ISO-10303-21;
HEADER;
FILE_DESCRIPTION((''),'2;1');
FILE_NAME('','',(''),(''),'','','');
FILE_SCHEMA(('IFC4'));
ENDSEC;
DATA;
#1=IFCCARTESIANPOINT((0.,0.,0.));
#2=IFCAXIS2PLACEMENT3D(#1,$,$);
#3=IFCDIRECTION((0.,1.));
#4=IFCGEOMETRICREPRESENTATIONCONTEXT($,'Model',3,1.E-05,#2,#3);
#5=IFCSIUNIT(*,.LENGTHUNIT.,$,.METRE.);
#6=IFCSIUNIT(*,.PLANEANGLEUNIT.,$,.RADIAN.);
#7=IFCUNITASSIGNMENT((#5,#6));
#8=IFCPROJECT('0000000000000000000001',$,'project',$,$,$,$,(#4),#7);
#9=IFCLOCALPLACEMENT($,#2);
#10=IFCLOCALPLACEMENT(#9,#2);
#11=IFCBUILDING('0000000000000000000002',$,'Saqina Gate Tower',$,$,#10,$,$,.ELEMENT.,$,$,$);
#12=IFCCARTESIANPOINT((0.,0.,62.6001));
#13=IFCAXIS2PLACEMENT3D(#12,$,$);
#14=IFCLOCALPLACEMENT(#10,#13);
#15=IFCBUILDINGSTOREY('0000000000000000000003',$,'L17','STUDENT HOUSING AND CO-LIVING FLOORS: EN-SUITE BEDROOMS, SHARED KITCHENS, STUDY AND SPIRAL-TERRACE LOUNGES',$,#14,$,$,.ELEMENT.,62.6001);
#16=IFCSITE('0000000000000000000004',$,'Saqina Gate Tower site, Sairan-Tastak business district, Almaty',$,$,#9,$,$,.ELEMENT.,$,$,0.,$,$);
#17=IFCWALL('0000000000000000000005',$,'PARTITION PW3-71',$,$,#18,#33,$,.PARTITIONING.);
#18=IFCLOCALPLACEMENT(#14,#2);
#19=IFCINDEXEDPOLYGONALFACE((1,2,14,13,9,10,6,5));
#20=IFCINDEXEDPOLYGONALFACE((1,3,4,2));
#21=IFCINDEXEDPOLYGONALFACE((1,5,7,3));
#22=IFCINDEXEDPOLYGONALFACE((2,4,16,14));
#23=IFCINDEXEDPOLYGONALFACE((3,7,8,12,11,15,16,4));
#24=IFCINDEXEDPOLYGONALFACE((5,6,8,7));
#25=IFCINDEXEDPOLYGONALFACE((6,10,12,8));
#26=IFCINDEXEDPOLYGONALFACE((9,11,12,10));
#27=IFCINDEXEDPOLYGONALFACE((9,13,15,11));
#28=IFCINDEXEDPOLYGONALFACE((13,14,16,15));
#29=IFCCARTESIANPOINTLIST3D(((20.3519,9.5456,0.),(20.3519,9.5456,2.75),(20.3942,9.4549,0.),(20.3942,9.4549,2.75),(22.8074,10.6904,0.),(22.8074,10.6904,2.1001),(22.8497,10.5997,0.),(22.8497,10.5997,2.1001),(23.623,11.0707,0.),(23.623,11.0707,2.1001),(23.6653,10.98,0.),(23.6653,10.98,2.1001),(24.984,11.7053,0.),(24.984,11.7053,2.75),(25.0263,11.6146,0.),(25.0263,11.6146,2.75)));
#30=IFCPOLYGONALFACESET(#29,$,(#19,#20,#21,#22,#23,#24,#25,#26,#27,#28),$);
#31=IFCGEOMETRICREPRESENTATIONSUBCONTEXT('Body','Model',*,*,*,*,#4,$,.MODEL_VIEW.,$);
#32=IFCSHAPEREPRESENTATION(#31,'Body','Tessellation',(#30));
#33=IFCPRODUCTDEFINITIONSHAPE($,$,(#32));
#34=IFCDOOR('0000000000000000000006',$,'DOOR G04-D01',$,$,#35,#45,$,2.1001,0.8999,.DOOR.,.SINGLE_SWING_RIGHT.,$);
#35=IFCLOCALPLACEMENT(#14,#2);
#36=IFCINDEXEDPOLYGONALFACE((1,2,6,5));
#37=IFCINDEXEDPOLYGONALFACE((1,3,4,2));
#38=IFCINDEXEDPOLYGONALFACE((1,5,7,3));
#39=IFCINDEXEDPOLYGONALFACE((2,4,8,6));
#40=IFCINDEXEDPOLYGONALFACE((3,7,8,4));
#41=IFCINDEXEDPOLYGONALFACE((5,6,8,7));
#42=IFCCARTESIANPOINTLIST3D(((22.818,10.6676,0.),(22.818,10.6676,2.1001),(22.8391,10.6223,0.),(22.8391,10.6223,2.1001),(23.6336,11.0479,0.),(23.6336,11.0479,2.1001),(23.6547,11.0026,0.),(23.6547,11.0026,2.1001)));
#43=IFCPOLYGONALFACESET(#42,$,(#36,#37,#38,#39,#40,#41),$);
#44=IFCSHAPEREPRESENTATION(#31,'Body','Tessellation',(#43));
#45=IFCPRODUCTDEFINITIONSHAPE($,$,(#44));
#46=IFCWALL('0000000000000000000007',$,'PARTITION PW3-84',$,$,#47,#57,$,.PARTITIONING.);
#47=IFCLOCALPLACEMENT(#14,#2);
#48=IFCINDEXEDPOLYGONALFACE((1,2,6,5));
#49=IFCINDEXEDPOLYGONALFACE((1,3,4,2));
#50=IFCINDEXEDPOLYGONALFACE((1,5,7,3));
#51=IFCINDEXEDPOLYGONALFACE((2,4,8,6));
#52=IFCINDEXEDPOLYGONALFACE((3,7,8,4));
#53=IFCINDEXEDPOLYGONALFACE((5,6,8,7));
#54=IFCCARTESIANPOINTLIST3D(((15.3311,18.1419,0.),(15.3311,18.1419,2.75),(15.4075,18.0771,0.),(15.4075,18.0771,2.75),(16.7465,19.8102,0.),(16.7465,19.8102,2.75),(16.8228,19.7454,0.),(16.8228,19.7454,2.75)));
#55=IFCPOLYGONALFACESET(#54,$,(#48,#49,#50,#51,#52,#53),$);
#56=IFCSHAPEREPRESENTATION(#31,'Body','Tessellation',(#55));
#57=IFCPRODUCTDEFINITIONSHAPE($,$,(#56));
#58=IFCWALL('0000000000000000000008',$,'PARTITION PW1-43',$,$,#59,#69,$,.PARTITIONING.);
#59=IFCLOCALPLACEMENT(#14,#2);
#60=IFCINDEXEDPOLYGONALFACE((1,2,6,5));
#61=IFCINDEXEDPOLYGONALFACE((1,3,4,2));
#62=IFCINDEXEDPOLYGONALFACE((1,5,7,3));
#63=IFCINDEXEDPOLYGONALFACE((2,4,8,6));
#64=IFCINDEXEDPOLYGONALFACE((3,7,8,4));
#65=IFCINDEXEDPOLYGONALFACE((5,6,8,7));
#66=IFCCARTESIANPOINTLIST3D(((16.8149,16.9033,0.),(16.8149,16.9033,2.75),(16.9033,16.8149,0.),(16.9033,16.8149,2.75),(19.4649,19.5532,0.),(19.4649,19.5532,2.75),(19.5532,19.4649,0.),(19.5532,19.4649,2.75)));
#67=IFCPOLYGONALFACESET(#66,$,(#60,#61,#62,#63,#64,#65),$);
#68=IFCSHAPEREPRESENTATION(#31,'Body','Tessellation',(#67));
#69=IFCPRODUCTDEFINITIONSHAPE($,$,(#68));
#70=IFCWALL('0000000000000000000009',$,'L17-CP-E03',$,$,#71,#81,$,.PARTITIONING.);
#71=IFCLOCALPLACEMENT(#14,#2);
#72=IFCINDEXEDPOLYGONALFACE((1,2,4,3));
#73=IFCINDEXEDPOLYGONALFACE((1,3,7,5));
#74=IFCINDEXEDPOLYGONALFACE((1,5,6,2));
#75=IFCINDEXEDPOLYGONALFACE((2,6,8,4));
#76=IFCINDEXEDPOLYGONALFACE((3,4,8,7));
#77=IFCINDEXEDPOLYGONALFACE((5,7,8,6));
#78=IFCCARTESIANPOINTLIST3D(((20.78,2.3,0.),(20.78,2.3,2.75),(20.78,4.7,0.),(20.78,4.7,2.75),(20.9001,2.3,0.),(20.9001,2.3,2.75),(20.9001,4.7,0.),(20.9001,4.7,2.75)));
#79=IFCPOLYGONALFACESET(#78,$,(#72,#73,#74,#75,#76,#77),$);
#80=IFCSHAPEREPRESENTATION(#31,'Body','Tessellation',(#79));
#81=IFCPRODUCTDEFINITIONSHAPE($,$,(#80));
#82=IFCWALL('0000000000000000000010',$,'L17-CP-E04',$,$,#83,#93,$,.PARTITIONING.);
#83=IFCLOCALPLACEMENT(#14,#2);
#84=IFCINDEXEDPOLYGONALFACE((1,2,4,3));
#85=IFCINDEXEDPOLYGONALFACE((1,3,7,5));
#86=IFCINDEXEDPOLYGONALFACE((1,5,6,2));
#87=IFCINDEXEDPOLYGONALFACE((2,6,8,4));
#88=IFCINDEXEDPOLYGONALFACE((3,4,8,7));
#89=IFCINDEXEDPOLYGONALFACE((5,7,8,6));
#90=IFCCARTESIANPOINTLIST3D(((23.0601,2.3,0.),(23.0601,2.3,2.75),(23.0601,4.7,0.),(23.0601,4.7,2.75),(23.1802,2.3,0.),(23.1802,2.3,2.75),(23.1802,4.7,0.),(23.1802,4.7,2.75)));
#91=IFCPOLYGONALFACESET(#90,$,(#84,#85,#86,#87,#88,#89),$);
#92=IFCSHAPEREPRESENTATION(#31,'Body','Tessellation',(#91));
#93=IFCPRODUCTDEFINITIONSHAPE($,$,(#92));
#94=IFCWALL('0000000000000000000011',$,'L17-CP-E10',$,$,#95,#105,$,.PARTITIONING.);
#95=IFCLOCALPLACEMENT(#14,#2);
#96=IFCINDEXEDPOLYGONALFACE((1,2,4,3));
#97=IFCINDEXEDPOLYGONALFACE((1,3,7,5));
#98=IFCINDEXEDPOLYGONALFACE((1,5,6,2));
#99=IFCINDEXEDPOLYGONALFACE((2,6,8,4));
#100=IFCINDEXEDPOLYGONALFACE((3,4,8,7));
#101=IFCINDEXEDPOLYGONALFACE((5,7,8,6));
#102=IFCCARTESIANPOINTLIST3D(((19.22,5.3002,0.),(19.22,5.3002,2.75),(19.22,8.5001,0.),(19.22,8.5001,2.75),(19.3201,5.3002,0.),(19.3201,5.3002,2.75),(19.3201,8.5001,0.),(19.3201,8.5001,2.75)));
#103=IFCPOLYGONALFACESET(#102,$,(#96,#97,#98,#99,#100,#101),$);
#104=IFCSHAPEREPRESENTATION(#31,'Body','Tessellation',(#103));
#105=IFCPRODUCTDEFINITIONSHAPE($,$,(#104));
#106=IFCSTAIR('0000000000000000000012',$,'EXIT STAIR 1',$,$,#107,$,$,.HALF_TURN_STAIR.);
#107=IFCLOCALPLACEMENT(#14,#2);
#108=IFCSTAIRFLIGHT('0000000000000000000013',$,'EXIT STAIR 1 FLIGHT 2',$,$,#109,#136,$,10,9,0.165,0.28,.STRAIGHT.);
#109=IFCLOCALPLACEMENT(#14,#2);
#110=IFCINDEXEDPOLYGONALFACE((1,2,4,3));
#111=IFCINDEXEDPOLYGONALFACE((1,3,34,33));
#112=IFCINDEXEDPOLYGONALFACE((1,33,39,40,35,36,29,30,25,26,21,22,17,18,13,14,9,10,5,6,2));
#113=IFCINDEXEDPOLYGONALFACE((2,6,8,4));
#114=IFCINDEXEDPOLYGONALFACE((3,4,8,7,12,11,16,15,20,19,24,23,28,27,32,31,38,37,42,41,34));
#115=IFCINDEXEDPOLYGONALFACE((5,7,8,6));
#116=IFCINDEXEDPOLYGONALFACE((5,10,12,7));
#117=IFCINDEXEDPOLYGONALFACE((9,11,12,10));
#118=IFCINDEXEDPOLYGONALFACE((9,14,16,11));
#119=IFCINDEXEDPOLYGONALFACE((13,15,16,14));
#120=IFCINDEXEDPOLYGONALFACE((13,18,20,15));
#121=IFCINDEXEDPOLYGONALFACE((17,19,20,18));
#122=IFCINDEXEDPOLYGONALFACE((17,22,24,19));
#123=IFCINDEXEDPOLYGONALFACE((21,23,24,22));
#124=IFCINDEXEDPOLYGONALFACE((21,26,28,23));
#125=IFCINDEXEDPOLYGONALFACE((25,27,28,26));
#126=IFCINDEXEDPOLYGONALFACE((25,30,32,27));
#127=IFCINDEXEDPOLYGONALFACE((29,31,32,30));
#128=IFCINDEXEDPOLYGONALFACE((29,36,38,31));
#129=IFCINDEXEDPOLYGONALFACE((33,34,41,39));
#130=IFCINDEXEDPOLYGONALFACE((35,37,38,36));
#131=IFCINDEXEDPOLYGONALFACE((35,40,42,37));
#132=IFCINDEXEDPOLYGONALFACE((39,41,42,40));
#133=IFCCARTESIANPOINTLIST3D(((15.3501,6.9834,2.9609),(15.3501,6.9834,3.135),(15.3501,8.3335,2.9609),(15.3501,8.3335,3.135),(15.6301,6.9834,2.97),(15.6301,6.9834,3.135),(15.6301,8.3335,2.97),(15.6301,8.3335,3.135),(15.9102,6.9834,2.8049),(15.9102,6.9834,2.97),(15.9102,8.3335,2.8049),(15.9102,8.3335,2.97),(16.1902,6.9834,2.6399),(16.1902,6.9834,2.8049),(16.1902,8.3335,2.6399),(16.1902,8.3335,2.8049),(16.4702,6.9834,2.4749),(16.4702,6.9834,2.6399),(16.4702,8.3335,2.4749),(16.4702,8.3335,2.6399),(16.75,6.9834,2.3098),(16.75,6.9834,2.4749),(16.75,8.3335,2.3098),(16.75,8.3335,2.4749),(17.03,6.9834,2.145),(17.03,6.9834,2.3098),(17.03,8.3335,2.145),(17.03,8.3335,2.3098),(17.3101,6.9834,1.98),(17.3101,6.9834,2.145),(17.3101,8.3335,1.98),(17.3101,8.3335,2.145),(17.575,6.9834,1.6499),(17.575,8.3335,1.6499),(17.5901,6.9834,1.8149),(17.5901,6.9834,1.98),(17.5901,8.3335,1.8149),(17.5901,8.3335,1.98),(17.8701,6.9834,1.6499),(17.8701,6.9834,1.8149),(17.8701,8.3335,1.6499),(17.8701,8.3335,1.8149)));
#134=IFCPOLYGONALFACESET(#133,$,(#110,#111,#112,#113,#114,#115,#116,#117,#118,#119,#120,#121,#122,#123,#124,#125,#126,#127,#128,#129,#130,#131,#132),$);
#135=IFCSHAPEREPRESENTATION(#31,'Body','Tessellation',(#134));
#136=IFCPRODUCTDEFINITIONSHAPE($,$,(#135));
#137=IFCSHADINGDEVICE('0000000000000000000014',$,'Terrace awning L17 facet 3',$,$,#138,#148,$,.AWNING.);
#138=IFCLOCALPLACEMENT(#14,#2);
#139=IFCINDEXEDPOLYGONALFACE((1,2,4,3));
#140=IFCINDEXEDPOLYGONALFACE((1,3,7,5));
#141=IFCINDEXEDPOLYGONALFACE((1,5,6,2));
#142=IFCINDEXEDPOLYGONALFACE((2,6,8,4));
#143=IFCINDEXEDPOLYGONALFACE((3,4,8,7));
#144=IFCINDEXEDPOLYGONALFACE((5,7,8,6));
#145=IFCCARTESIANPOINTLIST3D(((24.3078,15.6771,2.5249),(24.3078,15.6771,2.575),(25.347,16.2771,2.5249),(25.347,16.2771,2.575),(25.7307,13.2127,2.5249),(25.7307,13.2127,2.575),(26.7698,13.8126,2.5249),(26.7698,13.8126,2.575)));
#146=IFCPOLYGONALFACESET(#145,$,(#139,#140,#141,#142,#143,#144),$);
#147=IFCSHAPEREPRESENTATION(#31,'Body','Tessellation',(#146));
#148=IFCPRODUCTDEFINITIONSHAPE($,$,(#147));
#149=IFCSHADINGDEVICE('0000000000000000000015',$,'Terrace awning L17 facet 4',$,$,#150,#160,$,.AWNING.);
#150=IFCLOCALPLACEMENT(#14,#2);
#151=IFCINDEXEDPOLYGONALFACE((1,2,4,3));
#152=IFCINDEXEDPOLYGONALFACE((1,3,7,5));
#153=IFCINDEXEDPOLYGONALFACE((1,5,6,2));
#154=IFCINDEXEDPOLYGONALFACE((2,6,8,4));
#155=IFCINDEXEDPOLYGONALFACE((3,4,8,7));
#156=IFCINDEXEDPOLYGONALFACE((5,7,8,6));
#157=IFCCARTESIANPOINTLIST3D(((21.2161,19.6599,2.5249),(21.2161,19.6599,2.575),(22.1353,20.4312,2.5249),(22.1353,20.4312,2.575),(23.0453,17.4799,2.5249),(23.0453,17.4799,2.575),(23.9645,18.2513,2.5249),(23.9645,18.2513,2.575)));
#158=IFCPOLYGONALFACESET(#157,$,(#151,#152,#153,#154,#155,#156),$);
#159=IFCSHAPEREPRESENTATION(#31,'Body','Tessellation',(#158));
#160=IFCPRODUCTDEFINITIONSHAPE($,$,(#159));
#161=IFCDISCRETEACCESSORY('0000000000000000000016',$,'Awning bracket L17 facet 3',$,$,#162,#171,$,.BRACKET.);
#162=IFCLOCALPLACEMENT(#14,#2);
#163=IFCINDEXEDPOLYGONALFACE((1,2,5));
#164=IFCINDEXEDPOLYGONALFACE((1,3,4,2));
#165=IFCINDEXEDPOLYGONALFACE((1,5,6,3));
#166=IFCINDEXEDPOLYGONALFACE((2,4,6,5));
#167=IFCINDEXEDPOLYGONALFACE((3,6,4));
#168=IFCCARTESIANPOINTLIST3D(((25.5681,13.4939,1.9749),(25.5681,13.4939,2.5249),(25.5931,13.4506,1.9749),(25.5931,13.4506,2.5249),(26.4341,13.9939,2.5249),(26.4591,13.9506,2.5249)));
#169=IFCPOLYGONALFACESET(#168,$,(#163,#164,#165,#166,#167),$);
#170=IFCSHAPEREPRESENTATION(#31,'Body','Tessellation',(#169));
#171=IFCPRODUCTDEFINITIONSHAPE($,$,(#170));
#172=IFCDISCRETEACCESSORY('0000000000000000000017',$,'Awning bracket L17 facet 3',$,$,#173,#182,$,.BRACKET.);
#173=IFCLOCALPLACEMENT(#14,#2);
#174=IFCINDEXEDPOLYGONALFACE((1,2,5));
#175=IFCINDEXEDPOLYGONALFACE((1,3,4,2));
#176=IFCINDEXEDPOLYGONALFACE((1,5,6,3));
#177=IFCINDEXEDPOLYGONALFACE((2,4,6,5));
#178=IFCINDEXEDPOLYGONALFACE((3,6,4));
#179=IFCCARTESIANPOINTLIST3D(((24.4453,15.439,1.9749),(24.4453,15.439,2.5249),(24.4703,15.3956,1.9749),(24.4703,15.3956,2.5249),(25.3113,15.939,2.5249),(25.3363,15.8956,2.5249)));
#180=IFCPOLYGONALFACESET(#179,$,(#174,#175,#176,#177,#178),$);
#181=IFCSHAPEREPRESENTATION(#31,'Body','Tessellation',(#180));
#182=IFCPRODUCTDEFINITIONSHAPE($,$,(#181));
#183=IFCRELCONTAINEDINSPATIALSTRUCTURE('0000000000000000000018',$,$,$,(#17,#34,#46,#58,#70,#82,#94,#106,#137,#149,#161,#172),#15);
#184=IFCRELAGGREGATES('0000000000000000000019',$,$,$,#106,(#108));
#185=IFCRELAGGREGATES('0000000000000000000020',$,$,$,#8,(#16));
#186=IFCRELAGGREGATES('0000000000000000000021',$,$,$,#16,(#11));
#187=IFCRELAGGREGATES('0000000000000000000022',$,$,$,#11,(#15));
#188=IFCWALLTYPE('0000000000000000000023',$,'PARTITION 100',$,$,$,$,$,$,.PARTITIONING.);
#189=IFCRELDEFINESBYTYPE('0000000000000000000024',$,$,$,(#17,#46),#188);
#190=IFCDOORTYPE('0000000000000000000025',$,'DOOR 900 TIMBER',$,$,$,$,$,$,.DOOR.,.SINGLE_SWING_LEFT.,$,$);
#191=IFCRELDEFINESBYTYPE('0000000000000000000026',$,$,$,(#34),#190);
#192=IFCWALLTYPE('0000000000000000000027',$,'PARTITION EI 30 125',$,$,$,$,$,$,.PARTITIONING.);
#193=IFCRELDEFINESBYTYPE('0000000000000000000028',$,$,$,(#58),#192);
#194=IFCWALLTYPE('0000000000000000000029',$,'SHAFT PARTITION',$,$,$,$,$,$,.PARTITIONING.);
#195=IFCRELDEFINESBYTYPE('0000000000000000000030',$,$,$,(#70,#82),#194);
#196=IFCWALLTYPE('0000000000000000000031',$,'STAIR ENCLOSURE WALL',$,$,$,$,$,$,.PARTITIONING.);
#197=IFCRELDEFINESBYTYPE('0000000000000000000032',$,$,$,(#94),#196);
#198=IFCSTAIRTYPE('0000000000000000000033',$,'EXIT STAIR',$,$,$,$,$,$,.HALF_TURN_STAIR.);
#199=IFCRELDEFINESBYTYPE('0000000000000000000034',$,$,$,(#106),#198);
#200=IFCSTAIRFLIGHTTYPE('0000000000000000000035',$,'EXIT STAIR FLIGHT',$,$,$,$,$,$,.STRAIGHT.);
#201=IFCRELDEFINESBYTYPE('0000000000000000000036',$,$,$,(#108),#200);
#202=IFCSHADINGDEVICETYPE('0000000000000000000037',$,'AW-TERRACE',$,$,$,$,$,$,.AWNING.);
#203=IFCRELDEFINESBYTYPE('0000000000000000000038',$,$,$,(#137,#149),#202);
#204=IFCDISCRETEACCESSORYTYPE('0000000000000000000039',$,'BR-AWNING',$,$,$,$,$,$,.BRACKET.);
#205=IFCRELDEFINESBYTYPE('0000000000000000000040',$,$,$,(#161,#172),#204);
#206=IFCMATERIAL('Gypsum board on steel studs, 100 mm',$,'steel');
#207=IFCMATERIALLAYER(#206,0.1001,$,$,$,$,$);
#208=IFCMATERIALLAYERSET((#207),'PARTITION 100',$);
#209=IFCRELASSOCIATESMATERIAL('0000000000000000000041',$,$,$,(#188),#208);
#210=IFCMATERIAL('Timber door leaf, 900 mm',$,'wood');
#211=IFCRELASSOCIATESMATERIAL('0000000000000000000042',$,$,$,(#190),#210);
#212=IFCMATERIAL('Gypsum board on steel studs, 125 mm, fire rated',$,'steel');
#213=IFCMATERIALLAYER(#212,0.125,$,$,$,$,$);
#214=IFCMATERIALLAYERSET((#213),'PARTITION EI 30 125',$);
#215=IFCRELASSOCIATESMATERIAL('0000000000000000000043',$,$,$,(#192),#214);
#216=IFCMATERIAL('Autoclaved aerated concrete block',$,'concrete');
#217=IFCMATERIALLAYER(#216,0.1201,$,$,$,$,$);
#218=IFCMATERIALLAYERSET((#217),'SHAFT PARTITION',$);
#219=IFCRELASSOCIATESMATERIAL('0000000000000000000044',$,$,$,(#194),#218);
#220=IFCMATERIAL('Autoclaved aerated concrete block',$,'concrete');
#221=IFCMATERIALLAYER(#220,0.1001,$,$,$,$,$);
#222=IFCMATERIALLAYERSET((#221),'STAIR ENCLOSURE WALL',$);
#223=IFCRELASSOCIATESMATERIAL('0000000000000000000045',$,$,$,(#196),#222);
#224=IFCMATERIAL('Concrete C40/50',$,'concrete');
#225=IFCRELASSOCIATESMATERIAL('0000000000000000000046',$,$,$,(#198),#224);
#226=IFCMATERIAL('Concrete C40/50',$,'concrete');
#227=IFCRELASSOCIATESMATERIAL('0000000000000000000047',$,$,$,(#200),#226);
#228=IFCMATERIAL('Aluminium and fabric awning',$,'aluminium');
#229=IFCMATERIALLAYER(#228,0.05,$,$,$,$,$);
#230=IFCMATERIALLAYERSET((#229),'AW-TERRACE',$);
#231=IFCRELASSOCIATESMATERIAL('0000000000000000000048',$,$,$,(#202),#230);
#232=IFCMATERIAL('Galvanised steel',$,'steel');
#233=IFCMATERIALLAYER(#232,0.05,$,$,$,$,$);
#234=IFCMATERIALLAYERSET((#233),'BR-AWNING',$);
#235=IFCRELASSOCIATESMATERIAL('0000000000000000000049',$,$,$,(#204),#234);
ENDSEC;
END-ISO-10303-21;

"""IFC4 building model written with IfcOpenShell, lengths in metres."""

from ifc_helpers import new_model, si_unit, direction, frame, frame_2d, origin, origin_2d, place, context, subcontext, project, spatial, polyline, rectangle, outline, extrude, material, layer, layer_set, type_object, element, fill, aggregate, save


model = new_model("IFC4")

# Units and contexts
model_context = context("Model", 3, precision=1e-05, world=origin(), true_north=direction((0.0, 1.0)))
body_context = subcontext(model_context, "Body", "Model", "MODEL_VIEW")
ifc_project = project(units=[si_unit("LENGTHUNIT", "METRE"), si_unit("PLANEANGLEUNIT", "RADIAN")], contexts=[model_context])

# Site, building, storey
site_placement = place(None, origin())
site = spatial("IfcSite", under=ifc_project, at=site_placement, Name="Saqina Gate Tower site, Sairan-Tastak business district, Almaty", CompositionType="ELEMENT", RefElevation=0.0)
building_placement = place(site_placement, origin())
building = spatial("IfcBuilding", under=site, at=building_placement, Name="Saqina Gate Tower", CompositionType="ELEMENT")
storey_placement = place(building_placement, frame((0.0, 0.0, 62.6001)))
storey = spatial("IfcBuildingStorey", under=building, at=storey_placement, Name="L17", Description="STUDENT HOUSING AND CO-LIVING FLOORS: EN-SUITE BEDROOMS, SHARED KITCHENS, STUDY AND SPIRAL-TERRACE LOUNGES", CompositionType="ELEMENT", Elevation=62.6001)

# Wall, opening, door
ifc_material_1 = material(Name="Gypsum board on steel studs, 100 mm", Category="steel")
ifc_layer_1 = layer(ifc_material_1, 0.1001)
ifc_layer_set_1 = layer_set([ifc_layer_1], Name="PARTITION 100")
wall_type_1 = type_object("IfcWallType", Name="PARTITION 100", PredefinedType="PARTITIONING", material=ifc_layer_set_1)
wall_1_placement = place(storey_placement, frame((20.373, 9.5002, 0.0), z_axis=(0.0, 0.0, 1.0), x_axis=(0.906331, 0.422569, 0.0)))
wall_1 = element("IfcWall", 1, at=wall_1_placement, inside=storey, type_object=wall_type_1, Name="PARTITION PW3-71", PredefinedType="PARTITIONING", context=body_context, shape_type="SweptSolid", body=[
    extrude(rectangle(XDim=5.1108, YDim=0.1001, at=frame_2d((2.5554, 0.0))), origin(), (0.0, 0.0, 1.0), 2.75),
])
opening_1_placement = place(wall_1_placement, frame((2.7092, 0.0, 0.0)))
opening_1 = element("IfcOpeningElement", 2, at=opening_1_placement, cuts=wall_1, PredefinedType="OPENING", context=body_context, shape_type="SweptSolid", body=[
    extrude(rectangle(XDim=0.8999, YDim=2.1001, at=frame_2d((0.45, 1.05))), frame((0.0, 0.062, 0.0), z_axis=(0.0, -1.0, 0.0), x_axis=(1.0, 0.0, 0.0)), (0.0, 0.0, 1.0), 0.124),
])
ifc_material_2 = material(Name="Timber door leaf, 900 mm", Category="wood")
door_type_1 = type_object("IfcDoorType", Name="DOOR 900 TIMBER", OperationType="SINGLE_SWING_LEFT", PredefinedType="DOOR", material=ifc_material_2)
door_1_placement = place(opening_1_placement, origin())
door_1 = element("IfcDoor", 3, at=door_1_placement, inside=storey, type_object=door_type_1, Name="DOOR G04-D01", OperationType="SINGLE_SWING_RIGHT", OverallHeight=2.1001, OverallWidth=0.8999, PredefinedType="DOOR", context=body_context, shape_type="SweptSolid", body=[
    extrude(rectangle(XDim=0.8999, YDim=2.1001, at=frame_2d((0.45, 1.05))), frame((0.0, 0.0249, 0.0), z_axis=(0.0, -1.0, 0.0), x_axis=(1.0, 0.0, 0.0)), (0.0, 0.0, 1.0), 0.05),
])
fill(opening_1, door_1)

# Walls
wall_2_placement = place(storey_placement, frame((15.3694, 18.1096, 0.0), z_axis=(0.0, 0.0, 1.0), x_axis=(0.646932, 0.762548, 0.0)))
element("IfcWall", 4, at=wall_2_placement, inside=storey, type_object=wall_type_1, Name="PARTITION PW3-84", PredefinedType="PARTITIONING", context=body_context, shape_type="SweptSolid", body=[
    extrude(rectangle(XDim=2.1877, YDim=0.1001, at=frame_2d((1.0938, 0.0))), origin(), (0.0, 0.0, 1.0), 2.75),
])
ifc_material_3 = material(Name="Gypsum board on steel studs, 125 mm, fire rated", Category="steel")
ifc_layer_2 = layer(ifc_material_3, 0.125)
ifc_layer_set_2 = layer_set([ifc_layer_2], Name="PARTITION EI 30 125")
wall_type_2 = type_object("IfcWallType", Name="PARTITION EI 30 125", PredefinedType="PARTITIONING", material=ifc_layer_set_2)
wall_3_placement = place(storey_placement, frame((16.8591, 16.8591, 0.0), z_axis=(0.0, 0.0, 1.0), x_axis=(0.707107, 0.707107, 0.0)))
element("IfcWall", 5, at=wall_3_placement, inside=storey, type_object=wall_type_2, Name="PARTITION PW1-43", PredefinedType="PARTITIONING", context=body_context, shape_type="SweptSolid", body=[
    extrude(rectangle(XDim=3.7476, YDim=0.125, at=frame_2d((1.8738, 0.0))), origin(), (0.0, 0.0, 1.0), 2.75),
])
ifc_material_4 = material(Name="Autoclaved aerated concrete block", Category="concrete")
ifc_layer_3 = layer(ifc_material_4, 0.1201)
ifc_layer_set_3 = layer_set([ifc_layer_3], Name="SHAFT PARTITION")
wall_type_3 = type_object("IfcWallType", Name="SHAFT PARTITION", PredefinedType="PARTITIONING", material=ifc_layer_set_3)
for number, where, z_axis, x_axis, name in (
    (6, (20.8401, 2.3, 0.0), (0.0, 0.0, 1.0), (0.0, 1.0, 0.0), "L17-CP-E03"),
    (7, (23.1201, 2.3, 0.0), (0.0, 0.0, 1.0), (0.0, 1.0, 0.0), "L17-CP-E04"),
):
    element("IfcWall", number, at=place(storey_placement, frame(where, z_axis=z_axis, x_axis=x_axis)), inside=storey, type_object=wall_type_3, Name=name, PredefinedType="PARTITIONING", context=body_context, shape_type="SweptSolid", body=[
        extrude(rectangle(XDim=2.3999, YDim=0.1201, at=frame_2d((1.2, 0.0))), origin(), (0.0, 0.0, 1.0), 2.75),
    ])
ifc_material_5 = material(Name="Autoclaved aerated concrete block", Category="concrete")
ifc_layer_4 = layer(ifc_material_5, 0.1001)
ifc_layer_set_4 = layer_set([ifc_layer_4], Name="STAIR ENCLOSURE WALL")
wall_type_4 = type_object("IfcWallType", Name="STAIR ENCLOSURE WALL", PredefinedType="PARTITIONING", material=ifc_layer_set_4)
wall_4_placement = place(storey_placement, frame((19.27, 5.3, 0.0), z_axis=(0.0, 0.0, 1.0), x_axis=(0.0, 1.0, 0.0)))
element("IfcWall", 8, at=wall_4_placement, inside=storey, type_object=wall_type_4, Name="L17-CP-E10", PredefinedType="PARTITIONING", context=body_context, shape_type="SweptSolid", body=[
    extrude(rectangle(XDim=3.2, YDim=0.1001, at=frame_2d((1.6001, 0.0))), origin(), (0.0, 0.0, 1.0), 2.75),
])

# Stair, stair flight
ifc_material_6 = material(Name="Concrete C40/50", Category="concrete")
stair_type = type_object("IfcStairType", Name="EXIT STAIR", PredefinedType="HALF_TURN_STAIR", material=ifc_material_6)
stair_placement = place(storey_placement, origin())
stair = element("IfcStair", 9, at=stair_placement, inside=storey, type_object=stair_type, Name="EXIT STAIR 1", PredefinedType="HALF_TURN_STAIR")
ifc_material_7 = material(Name="Concrete C40/50", Category="concrete")
stair_flight_type = type_object("IfcStairFlightType", Name="EXIT STAIR FLIGHT", PredefinedType="STRAIGHT", material=ifc_material_7)
stair_flight_placement = place(storey_placement, frame((17.8701, 7.6584, 1.6499), z_axis=(0.0, 0.0, 1.0), x_axis=(-1.0, 0.0, 0.0)))
stair_flight = element("IfcStairFlight", 10, at=stair_flight_placement, type_object=stair_flight_type, Name="EXIT STAIR 1 FLIGHT 2", NumberOfRisers=10, NumberOfTreads=9, PredefinedType="STRAIGHT", RiserHeight=0.165, TreadLength=0.28, context=body_context, shape_type="SweptSolid", body=[
    extrude(outline(polyline([(0.0, 0.0), (0.0, 0.165), (0.28, 0.165), (0.28, 0.3301), (0.5601, 0.3301), (0.5601, 0.4951), (0.8401, 0.4951), (0.8401, 0.6599), (1.1201, 0.6599), (1.1201, 0.825), (1.3999, 0.825), (1.3999, 0.99), (1.6799, 0.99), (1.6799, 1.155), (1.96, 1.155), (1.96, 1.3201), (2.24, 1.3201), (2.24, 1.4851), (2.52, 1.4851), (2.52, 1.6499), (2.52, 1.311), (0.2952, 0.0), (0.0, 0.0)])), frame((0.0, 0.675, 0.0), z_axis=(0.0, -1.0, 0.0), x_axis=(1.0, 0.0, 0.0)), (0.0, 0.0, 1.0), 1.3501),
])
aggregate(stair, [stair_flight])

# Shading devices
ifc_material_8 = material(Name="Aluminium and fabric awning", Category="aluminium")
ifc_layer_5 = layer(ifc_material_8, 0.05)
ifc_layer_set_5 = layer_set([ifc_layer_5], Name="AW-TERRACE")
shading_device_type = type_object("IfcShadingDeviceType", Name="AW-TERRACE", PredefinedType="AWNING", material=ifc_layer_set_5)
for number, where, z_axis, x_axis, name in (
    (11, (25.5388, 14.7449, 2.5249), (0.0, 0.0, 1.0), (-0.5, 0.866025, 0.0), "Terrace awning L17 facet 3"),
    (12, (22.5903, 18.9556, 2.5249), (0.0, 0.0, 1.0), (-0.642788, 0.766044, 0.0), "Terrace awning L17 facet 4"),
):
    element("IfcShadingDevice", number, at=place(storey_placement, frame(where, z_axis=z_axis, x_axis=x_axis)), inside=storey, type_object=shading_device_type, Name=name, PredefinedType="AWNING", context=body_context, shape_type="SweptSolid", body=[
        extrude(rectangle(XDim=2.8457, YDim=1.2, at=origin_2d()), origin(), (0.0, 0.0, 1.0), 0.05),
    ])

# Discrete accessories
ifc_material_9 = material(Name="Galvanised steel", Category="steel")
ifc_layer_6 = layer(ifc_material_9, 0.05)
ifc_layer_set_6 = layer_set([ifc_layer_6], Name="BR-AWNING")
discrete_accessory_type_1 = type_object("IfcDiscreteAccessoryType", Name="BR-AWNING", PredefinedType="BRACKET", material=ifc_layer_set_6)
for number, where, z_axis, x_axis, name in (
    (13, (25.5681, 13.4939, 1.9749), (-0.500025, 0.866011, 0.0), (0.0, 0.0, 1.0), "Awning bracket L17 facet 3"),
    (14, (24.4453, 15.439, 1.9749), (-0.500025, 0.866011, 0.0), (0.0, 0.0, 1.0), "Awning bracket L17 facet 3"),
):
    element("IfcDiscreteAccessory", number, at=place(storey_placement, frame(where, z_axis=z_axis, x_axis=x_axis)), inside=storey, type_object=discrete_accessory_type_1, Name=name, PredefinedType="BRACKET", context=body_context, shape_type="SweptSolid", body=[
        extrude(outline(polyline([(0.0, 0.0), (0.55, 0.0), (0.55, 0.9999), (0.0, 0.0)])), origin(), (0.0, 0.0, -1.0), 0.05),
    ])

save(model, "model.ifc")
